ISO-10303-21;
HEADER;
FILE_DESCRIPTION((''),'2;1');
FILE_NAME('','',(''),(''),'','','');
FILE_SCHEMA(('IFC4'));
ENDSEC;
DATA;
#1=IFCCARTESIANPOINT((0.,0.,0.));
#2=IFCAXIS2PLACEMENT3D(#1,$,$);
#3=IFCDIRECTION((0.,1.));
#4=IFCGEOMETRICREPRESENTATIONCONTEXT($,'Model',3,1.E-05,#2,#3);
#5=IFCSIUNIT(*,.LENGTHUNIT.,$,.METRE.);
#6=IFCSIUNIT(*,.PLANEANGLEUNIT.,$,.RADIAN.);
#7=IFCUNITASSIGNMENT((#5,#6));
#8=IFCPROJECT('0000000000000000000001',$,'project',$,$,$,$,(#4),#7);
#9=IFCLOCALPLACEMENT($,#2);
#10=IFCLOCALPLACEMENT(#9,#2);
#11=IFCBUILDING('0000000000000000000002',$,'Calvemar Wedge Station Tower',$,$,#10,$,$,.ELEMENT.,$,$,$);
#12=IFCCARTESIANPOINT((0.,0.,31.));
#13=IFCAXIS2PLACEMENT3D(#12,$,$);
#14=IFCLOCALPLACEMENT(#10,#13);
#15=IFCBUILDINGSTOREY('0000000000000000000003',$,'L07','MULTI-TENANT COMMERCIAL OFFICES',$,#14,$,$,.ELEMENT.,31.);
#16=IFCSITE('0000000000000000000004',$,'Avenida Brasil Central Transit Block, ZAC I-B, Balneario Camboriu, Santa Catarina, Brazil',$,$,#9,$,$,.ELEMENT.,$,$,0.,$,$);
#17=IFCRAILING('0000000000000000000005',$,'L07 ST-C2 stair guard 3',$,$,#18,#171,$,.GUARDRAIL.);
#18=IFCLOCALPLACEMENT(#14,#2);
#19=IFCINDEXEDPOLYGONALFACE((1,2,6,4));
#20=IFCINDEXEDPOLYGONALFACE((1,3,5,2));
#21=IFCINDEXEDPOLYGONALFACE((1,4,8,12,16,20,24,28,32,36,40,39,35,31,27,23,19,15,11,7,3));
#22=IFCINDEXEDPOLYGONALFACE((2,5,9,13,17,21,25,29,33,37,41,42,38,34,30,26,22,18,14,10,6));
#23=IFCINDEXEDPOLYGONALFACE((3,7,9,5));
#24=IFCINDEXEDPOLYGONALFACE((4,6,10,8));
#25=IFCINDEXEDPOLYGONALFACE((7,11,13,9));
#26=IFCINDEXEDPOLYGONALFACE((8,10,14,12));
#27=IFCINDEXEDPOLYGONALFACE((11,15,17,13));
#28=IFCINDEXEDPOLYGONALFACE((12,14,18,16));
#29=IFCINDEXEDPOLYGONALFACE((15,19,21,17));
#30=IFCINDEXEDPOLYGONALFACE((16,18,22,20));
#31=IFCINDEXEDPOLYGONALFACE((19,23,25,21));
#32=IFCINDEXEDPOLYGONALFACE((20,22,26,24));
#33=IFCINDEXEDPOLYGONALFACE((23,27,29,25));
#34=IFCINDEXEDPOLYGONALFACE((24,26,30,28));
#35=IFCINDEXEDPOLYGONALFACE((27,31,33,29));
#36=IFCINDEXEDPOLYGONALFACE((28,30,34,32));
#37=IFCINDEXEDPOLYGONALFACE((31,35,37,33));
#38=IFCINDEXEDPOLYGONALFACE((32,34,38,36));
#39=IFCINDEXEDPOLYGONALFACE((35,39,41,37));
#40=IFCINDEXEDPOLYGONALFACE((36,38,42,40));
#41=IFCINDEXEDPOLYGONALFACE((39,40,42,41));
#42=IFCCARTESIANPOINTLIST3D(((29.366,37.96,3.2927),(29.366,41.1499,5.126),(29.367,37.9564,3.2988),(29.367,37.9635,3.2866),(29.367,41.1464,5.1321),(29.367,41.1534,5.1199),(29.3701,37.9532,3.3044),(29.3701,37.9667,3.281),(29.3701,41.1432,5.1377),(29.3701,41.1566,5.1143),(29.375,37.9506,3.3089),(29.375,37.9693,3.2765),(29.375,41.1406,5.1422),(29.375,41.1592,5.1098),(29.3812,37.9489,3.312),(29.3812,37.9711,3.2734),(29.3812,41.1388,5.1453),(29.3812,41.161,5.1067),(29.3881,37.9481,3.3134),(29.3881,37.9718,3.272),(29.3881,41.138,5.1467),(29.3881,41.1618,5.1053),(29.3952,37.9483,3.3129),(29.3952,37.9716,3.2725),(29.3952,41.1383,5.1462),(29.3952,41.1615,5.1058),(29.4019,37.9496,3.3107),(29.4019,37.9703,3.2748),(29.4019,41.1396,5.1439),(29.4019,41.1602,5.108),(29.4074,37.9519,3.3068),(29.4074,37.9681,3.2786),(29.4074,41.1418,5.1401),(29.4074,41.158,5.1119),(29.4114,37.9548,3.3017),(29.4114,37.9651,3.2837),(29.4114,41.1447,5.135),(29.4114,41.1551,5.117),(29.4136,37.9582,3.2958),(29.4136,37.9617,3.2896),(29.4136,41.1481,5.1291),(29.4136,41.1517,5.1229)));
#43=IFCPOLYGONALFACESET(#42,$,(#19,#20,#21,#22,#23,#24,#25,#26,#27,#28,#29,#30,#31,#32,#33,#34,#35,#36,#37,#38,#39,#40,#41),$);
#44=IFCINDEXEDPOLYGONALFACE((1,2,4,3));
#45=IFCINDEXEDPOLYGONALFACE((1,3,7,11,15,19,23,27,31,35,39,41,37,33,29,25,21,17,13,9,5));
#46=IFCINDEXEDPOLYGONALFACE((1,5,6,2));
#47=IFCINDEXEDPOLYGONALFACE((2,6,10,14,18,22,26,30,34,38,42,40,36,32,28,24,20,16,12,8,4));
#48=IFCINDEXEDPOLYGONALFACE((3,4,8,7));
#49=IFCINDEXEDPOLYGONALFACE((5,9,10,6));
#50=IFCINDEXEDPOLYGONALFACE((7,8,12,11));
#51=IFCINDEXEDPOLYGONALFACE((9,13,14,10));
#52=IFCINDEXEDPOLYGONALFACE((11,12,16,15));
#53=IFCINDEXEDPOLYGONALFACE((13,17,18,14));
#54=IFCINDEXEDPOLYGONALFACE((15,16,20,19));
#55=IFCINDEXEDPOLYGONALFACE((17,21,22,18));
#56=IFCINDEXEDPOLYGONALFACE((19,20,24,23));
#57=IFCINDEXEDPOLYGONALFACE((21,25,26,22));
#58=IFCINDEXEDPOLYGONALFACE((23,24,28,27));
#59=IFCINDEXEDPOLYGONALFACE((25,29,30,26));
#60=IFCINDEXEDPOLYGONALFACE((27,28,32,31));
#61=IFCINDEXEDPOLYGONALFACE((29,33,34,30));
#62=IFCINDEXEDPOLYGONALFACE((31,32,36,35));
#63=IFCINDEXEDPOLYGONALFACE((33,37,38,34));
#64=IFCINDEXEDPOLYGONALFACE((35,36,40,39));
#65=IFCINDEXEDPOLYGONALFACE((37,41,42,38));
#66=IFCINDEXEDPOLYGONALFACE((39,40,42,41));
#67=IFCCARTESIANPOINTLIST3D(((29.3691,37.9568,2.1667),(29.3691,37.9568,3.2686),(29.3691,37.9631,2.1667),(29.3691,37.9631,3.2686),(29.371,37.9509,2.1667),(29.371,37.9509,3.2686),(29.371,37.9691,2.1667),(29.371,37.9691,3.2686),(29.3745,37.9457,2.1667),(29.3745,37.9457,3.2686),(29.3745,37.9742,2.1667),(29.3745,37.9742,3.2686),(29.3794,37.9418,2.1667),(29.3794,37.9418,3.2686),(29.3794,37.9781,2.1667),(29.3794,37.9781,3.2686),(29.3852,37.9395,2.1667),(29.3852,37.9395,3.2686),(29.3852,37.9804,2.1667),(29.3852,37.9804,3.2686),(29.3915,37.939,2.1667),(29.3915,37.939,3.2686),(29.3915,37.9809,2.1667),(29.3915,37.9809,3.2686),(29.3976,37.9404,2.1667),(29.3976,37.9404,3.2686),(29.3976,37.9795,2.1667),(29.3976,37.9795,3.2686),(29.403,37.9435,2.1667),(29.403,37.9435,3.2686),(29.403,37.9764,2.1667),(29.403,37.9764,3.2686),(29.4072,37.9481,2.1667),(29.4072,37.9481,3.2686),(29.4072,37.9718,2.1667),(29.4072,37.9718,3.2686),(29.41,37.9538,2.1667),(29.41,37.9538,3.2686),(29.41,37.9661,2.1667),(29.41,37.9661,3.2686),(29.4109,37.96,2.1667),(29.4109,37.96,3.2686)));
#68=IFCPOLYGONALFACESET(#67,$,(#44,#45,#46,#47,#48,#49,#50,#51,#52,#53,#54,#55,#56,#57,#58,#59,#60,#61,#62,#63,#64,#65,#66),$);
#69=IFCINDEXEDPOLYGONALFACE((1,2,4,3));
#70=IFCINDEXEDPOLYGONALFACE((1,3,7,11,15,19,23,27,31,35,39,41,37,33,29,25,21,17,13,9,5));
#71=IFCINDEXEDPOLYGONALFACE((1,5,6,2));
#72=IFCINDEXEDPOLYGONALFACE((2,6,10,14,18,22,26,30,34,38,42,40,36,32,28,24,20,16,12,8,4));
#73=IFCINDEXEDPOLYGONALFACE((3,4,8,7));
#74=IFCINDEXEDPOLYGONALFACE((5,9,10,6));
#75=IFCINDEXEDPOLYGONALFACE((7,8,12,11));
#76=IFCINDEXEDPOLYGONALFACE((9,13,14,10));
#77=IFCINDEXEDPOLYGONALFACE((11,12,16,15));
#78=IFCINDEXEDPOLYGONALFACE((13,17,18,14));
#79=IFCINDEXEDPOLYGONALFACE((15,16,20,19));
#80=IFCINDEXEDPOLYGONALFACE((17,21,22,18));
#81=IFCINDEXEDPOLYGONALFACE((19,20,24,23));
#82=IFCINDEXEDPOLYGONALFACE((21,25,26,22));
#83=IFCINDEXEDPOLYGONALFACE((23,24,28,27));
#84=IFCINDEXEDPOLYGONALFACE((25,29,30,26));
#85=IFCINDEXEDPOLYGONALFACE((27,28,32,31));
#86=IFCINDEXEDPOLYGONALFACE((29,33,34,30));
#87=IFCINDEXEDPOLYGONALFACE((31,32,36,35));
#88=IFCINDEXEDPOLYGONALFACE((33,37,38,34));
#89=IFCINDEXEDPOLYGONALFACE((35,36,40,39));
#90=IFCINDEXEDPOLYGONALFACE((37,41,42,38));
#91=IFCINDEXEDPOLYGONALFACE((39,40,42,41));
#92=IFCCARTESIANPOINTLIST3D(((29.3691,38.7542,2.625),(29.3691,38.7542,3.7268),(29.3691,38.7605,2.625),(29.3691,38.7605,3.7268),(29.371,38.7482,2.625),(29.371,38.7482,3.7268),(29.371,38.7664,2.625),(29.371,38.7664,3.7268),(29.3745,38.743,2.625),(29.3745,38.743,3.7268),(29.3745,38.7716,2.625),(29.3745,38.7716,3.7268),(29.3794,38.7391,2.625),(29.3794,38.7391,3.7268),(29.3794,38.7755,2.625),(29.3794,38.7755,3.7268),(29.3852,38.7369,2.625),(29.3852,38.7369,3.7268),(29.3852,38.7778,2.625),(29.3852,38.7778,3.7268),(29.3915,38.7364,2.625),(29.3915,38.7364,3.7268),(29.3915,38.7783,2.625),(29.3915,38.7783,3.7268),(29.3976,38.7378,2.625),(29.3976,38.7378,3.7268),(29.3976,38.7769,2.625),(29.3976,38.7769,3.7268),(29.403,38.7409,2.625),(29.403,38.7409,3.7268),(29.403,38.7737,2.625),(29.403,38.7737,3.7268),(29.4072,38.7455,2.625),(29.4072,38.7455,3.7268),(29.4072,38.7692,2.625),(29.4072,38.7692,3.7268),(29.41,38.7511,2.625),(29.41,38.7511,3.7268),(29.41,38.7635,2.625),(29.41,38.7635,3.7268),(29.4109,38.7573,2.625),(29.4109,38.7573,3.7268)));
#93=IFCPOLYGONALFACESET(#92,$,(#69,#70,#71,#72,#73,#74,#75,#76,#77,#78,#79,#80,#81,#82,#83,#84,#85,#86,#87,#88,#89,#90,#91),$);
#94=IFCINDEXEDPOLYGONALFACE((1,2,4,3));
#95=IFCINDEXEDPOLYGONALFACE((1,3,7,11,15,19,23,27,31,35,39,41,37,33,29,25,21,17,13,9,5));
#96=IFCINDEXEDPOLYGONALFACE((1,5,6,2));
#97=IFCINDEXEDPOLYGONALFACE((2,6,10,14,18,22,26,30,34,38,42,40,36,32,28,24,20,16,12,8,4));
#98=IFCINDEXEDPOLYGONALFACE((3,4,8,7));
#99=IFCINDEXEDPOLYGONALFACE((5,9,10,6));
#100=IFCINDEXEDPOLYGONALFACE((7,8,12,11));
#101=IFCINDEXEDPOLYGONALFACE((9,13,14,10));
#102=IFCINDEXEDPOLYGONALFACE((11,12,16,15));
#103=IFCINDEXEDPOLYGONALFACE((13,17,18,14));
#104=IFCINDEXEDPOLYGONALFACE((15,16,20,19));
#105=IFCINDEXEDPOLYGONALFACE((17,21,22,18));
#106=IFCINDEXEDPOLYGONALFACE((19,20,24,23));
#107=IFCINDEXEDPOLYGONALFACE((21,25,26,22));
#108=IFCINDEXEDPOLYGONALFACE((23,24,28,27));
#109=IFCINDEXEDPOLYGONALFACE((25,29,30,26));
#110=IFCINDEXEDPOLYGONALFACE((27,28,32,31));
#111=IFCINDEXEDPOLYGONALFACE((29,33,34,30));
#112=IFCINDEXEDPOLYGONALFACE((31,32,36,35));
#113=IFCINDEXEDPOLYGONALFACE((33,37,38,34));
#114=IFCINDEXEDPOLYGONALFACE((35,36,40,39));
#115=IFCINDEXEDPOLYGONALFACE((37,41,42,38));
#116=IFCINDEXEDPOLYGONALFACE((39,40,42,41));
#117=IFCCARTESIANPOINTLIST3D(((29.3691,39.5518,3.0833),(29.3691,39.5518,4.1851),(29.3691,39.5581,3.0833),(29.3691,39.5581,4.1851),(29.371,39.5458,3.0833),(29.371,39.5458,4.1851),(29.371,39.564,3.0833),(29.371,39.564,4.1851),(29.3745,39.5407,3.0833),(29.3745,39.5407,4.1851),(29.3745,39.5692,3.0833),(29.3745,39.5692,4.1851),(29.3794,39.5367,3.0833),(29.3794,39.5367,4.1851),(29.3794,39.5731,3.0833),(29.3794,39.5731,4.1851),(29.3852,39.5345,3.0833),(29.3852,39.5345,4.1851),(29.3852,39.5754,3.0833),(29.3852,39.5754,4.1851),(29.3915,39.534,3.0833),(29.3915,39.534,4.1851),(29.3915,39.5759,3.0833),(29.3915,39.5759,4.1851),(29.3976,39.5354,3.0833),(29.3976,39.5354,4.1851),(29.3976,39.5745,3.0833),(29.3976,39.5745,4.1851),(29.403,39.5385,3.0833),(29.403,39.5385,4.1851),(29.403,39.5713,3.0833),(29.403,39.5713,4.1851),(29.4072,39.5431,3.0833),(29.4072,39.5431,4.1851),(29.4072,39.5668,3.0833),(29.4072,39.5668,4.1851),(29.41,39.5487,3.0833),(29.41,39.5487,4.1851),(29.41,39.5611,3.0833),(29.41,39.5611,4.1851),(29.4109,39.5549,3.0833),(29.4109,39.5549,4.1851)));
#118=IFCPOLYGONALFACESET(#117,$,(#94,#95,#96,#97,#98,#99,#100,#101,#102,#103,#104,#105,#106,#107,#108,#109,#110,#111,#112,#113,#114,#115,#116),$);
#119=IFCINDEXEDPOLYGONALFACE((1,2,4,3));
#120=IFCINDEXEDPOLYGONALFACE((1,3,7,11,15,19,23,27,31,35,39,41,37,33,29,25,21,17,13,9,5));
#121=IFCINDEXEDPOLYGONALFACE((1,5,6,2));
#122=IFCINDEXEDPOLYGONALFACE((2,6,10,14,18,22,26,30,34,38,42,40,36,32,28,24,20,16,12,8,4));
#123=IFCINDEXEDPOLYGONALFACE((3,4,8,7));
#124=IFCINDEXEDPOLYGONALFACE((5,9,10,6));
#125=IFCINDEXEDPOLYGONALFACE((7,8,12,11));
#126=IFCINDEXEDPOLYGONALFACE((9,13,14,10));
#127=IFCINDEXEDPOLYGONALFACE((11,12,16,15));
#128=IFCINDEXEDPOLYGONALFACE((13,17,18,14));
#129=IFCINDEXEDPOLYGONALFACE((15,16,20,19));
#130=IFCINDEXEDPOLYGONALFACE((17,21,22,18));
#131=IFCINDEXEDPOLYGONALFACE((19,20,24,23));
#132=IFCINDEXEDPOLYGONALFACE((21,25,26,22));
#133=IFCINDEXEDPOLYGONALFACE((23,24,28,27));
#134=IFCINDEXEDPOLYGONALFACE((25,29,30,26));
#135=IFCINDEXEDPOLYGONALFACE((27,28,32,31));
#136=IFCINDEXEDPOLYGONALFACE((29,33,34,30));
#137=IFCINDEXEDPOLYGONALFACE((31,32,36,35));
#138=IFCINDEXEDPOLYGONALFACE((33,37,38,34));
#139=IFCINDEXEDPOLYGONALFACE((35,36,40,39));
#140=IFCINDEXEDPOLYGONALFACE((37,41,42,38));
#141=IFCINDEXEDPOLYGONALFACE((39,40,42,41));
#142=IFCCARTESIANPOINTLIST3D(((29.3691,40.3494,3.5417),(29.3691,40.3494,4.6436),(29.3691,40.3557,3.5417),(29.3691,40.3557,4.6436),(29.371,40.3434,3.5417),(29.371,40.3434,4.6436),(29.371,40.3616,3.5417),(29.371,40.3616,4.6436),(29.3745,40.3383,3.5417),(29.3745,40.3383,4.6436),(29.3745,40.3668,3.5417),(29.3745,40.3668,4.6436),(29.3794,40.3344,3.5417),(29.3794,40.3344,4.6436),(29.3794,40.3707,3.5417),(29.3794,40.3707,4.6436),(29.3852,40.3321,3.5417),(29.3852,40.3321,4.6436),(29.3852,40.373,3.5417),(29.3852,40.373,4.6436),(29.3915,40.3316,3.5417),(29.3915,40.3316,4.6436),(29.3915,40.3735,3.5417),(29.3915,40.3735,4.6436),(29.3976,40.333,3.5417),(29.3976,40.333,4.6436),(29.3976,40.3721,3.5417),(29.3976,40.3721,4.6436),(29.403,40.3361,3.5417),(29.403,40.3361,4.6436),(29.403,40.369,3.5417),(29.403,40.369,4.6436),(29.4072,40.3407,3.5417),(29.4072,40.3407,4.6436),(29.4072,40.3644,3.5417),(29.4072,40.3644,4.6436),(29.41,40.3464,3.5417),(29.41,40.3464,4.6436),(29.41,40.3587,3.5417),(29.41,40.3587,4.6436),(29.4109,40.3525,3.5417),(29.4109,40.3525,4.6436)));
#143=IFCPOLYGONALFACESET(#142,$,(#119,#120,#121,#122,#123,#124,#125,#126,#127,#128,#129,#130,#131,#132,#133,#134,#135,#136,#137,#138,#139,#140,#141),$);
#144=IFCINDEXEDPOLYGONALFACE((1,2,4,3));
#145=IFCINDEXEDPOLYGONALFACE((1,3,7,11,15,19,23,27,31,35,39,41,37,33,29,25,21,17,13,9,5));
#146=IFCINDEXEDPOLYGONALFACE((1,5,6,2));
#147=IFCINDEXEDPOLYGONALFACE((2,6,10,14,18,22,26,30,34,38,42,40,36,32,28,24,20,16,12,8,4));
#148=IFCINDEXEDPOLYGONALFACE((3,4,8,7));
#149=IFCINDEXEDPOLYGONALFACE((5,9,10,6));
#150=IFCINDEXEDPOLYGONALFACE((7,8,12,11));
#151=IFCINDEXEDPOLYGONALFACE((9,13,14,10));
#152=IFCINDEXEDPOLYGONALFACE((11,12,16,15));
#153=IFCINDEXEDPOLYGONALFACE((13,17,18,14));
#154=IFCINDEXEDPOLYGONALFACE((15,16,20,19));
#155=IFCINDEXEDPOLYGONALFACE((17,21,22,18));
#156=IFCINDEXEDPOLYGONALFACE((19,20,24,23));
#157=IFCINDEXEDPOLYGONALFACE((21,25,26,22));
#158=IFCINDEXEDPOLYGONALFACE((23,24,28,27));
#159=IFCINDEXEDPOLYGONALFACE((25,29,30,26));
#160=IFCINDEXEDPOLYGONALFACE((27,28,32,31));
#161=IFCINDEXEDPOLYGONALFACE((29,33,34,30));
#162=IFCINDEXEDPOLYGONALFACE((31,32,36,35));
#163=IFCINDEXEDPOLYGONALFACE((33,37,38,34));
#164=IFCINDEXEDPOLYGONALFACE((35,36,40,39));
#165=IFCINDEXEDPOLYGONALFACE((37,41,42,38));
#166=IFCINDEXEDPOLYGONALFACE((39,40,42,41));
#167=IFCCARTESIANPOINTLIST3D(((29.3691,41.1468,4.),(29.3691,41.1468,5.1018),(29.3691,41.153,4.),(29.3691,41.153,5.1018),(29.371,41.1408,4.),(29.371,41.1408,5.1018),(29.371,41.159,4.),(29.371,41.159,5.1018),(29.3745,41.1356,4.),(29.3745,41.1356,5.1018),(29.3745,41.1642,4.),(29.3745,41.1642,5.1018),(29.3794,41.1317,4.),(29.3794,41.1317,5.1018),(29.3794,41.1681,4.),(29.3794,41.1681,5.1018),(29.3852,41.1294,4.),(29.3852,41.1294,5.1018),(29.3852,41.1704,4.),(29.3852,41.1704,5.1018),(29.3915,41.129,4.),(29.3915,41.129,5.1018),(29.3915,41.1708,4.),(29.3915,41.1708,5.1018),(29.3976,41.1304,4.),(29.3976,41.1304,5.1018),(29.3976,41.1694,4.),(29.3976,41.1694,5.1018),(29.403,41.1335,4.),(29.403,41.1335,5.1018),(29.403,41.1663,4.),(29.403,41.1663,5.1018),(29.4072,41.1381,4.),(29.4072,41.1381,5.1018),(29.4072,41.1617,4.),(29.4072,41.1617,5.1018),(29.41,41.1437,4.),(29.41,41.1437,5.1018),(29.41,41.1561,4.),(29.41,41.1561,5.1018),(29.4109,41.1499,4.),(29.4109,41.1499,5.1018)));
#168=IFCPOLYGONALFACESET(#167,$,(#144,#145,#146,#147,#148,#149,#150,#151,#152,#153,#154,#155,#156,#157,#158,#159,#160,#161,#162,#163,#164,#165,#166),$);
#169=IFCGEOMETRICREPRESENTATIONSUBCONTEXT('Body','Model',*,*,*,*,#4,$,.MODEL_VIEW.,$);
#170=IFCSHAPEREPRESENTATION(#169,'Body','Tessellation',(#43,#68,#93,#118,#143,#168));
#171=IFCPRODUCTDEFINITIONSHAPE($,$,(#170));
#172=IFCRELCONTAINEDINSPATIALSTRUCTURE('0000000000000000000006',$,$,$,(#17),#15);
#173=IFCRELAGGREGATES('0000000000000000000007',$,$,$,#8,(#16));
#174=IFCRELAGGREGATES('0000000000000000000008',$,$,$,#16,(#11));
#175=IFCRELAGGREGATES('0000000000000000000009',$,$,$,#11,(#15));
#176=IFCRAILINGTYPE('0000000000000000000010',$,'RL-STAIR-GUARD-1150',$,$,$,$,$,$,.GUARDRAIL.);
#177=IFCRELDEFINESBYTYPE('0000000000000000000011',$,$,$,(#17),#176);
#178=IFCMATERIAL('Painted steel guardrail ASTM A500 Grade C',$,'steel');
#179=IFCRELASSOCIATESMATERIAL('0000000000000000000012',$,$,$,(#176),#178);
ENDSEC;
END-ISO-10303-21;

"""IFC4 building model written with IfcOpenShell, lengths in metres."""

from ifc_helpers import new_model, si_unit, direction, frame, origin, origin_2d, place, context, subcontext, project, spatial, circle, extrude, material, type_object, element, save


model = new_model("IFC4")

# Units and contexts
model_context = context("Model", 3, precision=1e-05, world=origin(), true_north=direction((0.0, 1.0)))
body_context = subcontext(model_context, "Body", "Model", "MODEL_VIEW")
ifc_project = project(units=[si_unit("LENGTHUNIT", "METRE"), si_unit("PLANEANGLEUNIT", "RADIAN")], contexts=[model_context])

# Site, building, storey
site_placement = place(None, origin())
site = spatial("IfcSite", under=ifc_project, at=site_placement, Name="Avenida Brasil Central Transit Block, ZAC I-B, Balneario Camboriu, Santa Catarina, Brazil", CompositionType="ELEMENT", RefElevation=0.0)
building_placement = place(site_placement, origin())
building = spatial("IfcBuilding", under=site, at=building_placement, Name="Calvemar Wedge Station Tower", CompositionType="ELEMENT")
storey_placement = place(building_placement, frame((0.0, 0.0, 31.0)))
storey = spatial("IfcBuildingStorey", under=building, at=storey_placement, Name="L07", Description="MULTI-TENANT COMMERCIAL OFFICES", CompositionType="ELEMENT", Elevation=31.0)

# Railing
ifc_material_1 = material(Name="Painted steel guardrail ASTM A500 Grade C", Category="steel")
railing_type_1 = type_object("IfcRailingType", Name="RL-STAIR-GUARD-1150", PredefinedType="GUARDRAIL", material=ifc_material_1)
railing_1_placement = place(storey_placement, frame((29.3899, 37.96, 2.1667)))
element("IfcRailing", 1, at=railing_1_placement, inside=storey, type_object=railing_type_1, Name="L07 ST-C2 stair guard 3", PredefinedType="GUARDRAIL", context=body_context, shape_type="SweptSolid", body=[
    extrude(circle(Radius=0.0239, at=origin_2d()), frame((0.0, 0.0, 1.126), z_axis=(0.0, 0.86702, 0.498274), x_axis=(-1.0, 0.0, 0.0)), (0.0, 0.0, 1.0), 3.6792),
    extrude(circle(Radius=0.021, at=origin_2d()), origin(), (0.0, 0.0, 1.0), 1.1018),
    extrude(circle(Radius=0.021, at=origin_2d()), frame((0.0, 0.7974, 0.4583)), (0.0, 0.0, 1.0), 1.1018),
    extrude(circle(Radius=0.021, at=origin_2d()), frame((0.0, 1.595, 0.9165)), (0.0, 0.0, 1.0), 1.1018),
    extrude(circle(Radius=0.021, at=origin_2d()), frame((0.0, 2.3926, 1.375)), (0.0, 0.0, 1.0), 1.1018),
    extrude(circle(Radius=0.021, at=origin_2d()), frame((0.0, 3.1899, 1.8333)), (0.0, 0.0, 1.0), 1.1018),
])

save(model, "model.ifc")
